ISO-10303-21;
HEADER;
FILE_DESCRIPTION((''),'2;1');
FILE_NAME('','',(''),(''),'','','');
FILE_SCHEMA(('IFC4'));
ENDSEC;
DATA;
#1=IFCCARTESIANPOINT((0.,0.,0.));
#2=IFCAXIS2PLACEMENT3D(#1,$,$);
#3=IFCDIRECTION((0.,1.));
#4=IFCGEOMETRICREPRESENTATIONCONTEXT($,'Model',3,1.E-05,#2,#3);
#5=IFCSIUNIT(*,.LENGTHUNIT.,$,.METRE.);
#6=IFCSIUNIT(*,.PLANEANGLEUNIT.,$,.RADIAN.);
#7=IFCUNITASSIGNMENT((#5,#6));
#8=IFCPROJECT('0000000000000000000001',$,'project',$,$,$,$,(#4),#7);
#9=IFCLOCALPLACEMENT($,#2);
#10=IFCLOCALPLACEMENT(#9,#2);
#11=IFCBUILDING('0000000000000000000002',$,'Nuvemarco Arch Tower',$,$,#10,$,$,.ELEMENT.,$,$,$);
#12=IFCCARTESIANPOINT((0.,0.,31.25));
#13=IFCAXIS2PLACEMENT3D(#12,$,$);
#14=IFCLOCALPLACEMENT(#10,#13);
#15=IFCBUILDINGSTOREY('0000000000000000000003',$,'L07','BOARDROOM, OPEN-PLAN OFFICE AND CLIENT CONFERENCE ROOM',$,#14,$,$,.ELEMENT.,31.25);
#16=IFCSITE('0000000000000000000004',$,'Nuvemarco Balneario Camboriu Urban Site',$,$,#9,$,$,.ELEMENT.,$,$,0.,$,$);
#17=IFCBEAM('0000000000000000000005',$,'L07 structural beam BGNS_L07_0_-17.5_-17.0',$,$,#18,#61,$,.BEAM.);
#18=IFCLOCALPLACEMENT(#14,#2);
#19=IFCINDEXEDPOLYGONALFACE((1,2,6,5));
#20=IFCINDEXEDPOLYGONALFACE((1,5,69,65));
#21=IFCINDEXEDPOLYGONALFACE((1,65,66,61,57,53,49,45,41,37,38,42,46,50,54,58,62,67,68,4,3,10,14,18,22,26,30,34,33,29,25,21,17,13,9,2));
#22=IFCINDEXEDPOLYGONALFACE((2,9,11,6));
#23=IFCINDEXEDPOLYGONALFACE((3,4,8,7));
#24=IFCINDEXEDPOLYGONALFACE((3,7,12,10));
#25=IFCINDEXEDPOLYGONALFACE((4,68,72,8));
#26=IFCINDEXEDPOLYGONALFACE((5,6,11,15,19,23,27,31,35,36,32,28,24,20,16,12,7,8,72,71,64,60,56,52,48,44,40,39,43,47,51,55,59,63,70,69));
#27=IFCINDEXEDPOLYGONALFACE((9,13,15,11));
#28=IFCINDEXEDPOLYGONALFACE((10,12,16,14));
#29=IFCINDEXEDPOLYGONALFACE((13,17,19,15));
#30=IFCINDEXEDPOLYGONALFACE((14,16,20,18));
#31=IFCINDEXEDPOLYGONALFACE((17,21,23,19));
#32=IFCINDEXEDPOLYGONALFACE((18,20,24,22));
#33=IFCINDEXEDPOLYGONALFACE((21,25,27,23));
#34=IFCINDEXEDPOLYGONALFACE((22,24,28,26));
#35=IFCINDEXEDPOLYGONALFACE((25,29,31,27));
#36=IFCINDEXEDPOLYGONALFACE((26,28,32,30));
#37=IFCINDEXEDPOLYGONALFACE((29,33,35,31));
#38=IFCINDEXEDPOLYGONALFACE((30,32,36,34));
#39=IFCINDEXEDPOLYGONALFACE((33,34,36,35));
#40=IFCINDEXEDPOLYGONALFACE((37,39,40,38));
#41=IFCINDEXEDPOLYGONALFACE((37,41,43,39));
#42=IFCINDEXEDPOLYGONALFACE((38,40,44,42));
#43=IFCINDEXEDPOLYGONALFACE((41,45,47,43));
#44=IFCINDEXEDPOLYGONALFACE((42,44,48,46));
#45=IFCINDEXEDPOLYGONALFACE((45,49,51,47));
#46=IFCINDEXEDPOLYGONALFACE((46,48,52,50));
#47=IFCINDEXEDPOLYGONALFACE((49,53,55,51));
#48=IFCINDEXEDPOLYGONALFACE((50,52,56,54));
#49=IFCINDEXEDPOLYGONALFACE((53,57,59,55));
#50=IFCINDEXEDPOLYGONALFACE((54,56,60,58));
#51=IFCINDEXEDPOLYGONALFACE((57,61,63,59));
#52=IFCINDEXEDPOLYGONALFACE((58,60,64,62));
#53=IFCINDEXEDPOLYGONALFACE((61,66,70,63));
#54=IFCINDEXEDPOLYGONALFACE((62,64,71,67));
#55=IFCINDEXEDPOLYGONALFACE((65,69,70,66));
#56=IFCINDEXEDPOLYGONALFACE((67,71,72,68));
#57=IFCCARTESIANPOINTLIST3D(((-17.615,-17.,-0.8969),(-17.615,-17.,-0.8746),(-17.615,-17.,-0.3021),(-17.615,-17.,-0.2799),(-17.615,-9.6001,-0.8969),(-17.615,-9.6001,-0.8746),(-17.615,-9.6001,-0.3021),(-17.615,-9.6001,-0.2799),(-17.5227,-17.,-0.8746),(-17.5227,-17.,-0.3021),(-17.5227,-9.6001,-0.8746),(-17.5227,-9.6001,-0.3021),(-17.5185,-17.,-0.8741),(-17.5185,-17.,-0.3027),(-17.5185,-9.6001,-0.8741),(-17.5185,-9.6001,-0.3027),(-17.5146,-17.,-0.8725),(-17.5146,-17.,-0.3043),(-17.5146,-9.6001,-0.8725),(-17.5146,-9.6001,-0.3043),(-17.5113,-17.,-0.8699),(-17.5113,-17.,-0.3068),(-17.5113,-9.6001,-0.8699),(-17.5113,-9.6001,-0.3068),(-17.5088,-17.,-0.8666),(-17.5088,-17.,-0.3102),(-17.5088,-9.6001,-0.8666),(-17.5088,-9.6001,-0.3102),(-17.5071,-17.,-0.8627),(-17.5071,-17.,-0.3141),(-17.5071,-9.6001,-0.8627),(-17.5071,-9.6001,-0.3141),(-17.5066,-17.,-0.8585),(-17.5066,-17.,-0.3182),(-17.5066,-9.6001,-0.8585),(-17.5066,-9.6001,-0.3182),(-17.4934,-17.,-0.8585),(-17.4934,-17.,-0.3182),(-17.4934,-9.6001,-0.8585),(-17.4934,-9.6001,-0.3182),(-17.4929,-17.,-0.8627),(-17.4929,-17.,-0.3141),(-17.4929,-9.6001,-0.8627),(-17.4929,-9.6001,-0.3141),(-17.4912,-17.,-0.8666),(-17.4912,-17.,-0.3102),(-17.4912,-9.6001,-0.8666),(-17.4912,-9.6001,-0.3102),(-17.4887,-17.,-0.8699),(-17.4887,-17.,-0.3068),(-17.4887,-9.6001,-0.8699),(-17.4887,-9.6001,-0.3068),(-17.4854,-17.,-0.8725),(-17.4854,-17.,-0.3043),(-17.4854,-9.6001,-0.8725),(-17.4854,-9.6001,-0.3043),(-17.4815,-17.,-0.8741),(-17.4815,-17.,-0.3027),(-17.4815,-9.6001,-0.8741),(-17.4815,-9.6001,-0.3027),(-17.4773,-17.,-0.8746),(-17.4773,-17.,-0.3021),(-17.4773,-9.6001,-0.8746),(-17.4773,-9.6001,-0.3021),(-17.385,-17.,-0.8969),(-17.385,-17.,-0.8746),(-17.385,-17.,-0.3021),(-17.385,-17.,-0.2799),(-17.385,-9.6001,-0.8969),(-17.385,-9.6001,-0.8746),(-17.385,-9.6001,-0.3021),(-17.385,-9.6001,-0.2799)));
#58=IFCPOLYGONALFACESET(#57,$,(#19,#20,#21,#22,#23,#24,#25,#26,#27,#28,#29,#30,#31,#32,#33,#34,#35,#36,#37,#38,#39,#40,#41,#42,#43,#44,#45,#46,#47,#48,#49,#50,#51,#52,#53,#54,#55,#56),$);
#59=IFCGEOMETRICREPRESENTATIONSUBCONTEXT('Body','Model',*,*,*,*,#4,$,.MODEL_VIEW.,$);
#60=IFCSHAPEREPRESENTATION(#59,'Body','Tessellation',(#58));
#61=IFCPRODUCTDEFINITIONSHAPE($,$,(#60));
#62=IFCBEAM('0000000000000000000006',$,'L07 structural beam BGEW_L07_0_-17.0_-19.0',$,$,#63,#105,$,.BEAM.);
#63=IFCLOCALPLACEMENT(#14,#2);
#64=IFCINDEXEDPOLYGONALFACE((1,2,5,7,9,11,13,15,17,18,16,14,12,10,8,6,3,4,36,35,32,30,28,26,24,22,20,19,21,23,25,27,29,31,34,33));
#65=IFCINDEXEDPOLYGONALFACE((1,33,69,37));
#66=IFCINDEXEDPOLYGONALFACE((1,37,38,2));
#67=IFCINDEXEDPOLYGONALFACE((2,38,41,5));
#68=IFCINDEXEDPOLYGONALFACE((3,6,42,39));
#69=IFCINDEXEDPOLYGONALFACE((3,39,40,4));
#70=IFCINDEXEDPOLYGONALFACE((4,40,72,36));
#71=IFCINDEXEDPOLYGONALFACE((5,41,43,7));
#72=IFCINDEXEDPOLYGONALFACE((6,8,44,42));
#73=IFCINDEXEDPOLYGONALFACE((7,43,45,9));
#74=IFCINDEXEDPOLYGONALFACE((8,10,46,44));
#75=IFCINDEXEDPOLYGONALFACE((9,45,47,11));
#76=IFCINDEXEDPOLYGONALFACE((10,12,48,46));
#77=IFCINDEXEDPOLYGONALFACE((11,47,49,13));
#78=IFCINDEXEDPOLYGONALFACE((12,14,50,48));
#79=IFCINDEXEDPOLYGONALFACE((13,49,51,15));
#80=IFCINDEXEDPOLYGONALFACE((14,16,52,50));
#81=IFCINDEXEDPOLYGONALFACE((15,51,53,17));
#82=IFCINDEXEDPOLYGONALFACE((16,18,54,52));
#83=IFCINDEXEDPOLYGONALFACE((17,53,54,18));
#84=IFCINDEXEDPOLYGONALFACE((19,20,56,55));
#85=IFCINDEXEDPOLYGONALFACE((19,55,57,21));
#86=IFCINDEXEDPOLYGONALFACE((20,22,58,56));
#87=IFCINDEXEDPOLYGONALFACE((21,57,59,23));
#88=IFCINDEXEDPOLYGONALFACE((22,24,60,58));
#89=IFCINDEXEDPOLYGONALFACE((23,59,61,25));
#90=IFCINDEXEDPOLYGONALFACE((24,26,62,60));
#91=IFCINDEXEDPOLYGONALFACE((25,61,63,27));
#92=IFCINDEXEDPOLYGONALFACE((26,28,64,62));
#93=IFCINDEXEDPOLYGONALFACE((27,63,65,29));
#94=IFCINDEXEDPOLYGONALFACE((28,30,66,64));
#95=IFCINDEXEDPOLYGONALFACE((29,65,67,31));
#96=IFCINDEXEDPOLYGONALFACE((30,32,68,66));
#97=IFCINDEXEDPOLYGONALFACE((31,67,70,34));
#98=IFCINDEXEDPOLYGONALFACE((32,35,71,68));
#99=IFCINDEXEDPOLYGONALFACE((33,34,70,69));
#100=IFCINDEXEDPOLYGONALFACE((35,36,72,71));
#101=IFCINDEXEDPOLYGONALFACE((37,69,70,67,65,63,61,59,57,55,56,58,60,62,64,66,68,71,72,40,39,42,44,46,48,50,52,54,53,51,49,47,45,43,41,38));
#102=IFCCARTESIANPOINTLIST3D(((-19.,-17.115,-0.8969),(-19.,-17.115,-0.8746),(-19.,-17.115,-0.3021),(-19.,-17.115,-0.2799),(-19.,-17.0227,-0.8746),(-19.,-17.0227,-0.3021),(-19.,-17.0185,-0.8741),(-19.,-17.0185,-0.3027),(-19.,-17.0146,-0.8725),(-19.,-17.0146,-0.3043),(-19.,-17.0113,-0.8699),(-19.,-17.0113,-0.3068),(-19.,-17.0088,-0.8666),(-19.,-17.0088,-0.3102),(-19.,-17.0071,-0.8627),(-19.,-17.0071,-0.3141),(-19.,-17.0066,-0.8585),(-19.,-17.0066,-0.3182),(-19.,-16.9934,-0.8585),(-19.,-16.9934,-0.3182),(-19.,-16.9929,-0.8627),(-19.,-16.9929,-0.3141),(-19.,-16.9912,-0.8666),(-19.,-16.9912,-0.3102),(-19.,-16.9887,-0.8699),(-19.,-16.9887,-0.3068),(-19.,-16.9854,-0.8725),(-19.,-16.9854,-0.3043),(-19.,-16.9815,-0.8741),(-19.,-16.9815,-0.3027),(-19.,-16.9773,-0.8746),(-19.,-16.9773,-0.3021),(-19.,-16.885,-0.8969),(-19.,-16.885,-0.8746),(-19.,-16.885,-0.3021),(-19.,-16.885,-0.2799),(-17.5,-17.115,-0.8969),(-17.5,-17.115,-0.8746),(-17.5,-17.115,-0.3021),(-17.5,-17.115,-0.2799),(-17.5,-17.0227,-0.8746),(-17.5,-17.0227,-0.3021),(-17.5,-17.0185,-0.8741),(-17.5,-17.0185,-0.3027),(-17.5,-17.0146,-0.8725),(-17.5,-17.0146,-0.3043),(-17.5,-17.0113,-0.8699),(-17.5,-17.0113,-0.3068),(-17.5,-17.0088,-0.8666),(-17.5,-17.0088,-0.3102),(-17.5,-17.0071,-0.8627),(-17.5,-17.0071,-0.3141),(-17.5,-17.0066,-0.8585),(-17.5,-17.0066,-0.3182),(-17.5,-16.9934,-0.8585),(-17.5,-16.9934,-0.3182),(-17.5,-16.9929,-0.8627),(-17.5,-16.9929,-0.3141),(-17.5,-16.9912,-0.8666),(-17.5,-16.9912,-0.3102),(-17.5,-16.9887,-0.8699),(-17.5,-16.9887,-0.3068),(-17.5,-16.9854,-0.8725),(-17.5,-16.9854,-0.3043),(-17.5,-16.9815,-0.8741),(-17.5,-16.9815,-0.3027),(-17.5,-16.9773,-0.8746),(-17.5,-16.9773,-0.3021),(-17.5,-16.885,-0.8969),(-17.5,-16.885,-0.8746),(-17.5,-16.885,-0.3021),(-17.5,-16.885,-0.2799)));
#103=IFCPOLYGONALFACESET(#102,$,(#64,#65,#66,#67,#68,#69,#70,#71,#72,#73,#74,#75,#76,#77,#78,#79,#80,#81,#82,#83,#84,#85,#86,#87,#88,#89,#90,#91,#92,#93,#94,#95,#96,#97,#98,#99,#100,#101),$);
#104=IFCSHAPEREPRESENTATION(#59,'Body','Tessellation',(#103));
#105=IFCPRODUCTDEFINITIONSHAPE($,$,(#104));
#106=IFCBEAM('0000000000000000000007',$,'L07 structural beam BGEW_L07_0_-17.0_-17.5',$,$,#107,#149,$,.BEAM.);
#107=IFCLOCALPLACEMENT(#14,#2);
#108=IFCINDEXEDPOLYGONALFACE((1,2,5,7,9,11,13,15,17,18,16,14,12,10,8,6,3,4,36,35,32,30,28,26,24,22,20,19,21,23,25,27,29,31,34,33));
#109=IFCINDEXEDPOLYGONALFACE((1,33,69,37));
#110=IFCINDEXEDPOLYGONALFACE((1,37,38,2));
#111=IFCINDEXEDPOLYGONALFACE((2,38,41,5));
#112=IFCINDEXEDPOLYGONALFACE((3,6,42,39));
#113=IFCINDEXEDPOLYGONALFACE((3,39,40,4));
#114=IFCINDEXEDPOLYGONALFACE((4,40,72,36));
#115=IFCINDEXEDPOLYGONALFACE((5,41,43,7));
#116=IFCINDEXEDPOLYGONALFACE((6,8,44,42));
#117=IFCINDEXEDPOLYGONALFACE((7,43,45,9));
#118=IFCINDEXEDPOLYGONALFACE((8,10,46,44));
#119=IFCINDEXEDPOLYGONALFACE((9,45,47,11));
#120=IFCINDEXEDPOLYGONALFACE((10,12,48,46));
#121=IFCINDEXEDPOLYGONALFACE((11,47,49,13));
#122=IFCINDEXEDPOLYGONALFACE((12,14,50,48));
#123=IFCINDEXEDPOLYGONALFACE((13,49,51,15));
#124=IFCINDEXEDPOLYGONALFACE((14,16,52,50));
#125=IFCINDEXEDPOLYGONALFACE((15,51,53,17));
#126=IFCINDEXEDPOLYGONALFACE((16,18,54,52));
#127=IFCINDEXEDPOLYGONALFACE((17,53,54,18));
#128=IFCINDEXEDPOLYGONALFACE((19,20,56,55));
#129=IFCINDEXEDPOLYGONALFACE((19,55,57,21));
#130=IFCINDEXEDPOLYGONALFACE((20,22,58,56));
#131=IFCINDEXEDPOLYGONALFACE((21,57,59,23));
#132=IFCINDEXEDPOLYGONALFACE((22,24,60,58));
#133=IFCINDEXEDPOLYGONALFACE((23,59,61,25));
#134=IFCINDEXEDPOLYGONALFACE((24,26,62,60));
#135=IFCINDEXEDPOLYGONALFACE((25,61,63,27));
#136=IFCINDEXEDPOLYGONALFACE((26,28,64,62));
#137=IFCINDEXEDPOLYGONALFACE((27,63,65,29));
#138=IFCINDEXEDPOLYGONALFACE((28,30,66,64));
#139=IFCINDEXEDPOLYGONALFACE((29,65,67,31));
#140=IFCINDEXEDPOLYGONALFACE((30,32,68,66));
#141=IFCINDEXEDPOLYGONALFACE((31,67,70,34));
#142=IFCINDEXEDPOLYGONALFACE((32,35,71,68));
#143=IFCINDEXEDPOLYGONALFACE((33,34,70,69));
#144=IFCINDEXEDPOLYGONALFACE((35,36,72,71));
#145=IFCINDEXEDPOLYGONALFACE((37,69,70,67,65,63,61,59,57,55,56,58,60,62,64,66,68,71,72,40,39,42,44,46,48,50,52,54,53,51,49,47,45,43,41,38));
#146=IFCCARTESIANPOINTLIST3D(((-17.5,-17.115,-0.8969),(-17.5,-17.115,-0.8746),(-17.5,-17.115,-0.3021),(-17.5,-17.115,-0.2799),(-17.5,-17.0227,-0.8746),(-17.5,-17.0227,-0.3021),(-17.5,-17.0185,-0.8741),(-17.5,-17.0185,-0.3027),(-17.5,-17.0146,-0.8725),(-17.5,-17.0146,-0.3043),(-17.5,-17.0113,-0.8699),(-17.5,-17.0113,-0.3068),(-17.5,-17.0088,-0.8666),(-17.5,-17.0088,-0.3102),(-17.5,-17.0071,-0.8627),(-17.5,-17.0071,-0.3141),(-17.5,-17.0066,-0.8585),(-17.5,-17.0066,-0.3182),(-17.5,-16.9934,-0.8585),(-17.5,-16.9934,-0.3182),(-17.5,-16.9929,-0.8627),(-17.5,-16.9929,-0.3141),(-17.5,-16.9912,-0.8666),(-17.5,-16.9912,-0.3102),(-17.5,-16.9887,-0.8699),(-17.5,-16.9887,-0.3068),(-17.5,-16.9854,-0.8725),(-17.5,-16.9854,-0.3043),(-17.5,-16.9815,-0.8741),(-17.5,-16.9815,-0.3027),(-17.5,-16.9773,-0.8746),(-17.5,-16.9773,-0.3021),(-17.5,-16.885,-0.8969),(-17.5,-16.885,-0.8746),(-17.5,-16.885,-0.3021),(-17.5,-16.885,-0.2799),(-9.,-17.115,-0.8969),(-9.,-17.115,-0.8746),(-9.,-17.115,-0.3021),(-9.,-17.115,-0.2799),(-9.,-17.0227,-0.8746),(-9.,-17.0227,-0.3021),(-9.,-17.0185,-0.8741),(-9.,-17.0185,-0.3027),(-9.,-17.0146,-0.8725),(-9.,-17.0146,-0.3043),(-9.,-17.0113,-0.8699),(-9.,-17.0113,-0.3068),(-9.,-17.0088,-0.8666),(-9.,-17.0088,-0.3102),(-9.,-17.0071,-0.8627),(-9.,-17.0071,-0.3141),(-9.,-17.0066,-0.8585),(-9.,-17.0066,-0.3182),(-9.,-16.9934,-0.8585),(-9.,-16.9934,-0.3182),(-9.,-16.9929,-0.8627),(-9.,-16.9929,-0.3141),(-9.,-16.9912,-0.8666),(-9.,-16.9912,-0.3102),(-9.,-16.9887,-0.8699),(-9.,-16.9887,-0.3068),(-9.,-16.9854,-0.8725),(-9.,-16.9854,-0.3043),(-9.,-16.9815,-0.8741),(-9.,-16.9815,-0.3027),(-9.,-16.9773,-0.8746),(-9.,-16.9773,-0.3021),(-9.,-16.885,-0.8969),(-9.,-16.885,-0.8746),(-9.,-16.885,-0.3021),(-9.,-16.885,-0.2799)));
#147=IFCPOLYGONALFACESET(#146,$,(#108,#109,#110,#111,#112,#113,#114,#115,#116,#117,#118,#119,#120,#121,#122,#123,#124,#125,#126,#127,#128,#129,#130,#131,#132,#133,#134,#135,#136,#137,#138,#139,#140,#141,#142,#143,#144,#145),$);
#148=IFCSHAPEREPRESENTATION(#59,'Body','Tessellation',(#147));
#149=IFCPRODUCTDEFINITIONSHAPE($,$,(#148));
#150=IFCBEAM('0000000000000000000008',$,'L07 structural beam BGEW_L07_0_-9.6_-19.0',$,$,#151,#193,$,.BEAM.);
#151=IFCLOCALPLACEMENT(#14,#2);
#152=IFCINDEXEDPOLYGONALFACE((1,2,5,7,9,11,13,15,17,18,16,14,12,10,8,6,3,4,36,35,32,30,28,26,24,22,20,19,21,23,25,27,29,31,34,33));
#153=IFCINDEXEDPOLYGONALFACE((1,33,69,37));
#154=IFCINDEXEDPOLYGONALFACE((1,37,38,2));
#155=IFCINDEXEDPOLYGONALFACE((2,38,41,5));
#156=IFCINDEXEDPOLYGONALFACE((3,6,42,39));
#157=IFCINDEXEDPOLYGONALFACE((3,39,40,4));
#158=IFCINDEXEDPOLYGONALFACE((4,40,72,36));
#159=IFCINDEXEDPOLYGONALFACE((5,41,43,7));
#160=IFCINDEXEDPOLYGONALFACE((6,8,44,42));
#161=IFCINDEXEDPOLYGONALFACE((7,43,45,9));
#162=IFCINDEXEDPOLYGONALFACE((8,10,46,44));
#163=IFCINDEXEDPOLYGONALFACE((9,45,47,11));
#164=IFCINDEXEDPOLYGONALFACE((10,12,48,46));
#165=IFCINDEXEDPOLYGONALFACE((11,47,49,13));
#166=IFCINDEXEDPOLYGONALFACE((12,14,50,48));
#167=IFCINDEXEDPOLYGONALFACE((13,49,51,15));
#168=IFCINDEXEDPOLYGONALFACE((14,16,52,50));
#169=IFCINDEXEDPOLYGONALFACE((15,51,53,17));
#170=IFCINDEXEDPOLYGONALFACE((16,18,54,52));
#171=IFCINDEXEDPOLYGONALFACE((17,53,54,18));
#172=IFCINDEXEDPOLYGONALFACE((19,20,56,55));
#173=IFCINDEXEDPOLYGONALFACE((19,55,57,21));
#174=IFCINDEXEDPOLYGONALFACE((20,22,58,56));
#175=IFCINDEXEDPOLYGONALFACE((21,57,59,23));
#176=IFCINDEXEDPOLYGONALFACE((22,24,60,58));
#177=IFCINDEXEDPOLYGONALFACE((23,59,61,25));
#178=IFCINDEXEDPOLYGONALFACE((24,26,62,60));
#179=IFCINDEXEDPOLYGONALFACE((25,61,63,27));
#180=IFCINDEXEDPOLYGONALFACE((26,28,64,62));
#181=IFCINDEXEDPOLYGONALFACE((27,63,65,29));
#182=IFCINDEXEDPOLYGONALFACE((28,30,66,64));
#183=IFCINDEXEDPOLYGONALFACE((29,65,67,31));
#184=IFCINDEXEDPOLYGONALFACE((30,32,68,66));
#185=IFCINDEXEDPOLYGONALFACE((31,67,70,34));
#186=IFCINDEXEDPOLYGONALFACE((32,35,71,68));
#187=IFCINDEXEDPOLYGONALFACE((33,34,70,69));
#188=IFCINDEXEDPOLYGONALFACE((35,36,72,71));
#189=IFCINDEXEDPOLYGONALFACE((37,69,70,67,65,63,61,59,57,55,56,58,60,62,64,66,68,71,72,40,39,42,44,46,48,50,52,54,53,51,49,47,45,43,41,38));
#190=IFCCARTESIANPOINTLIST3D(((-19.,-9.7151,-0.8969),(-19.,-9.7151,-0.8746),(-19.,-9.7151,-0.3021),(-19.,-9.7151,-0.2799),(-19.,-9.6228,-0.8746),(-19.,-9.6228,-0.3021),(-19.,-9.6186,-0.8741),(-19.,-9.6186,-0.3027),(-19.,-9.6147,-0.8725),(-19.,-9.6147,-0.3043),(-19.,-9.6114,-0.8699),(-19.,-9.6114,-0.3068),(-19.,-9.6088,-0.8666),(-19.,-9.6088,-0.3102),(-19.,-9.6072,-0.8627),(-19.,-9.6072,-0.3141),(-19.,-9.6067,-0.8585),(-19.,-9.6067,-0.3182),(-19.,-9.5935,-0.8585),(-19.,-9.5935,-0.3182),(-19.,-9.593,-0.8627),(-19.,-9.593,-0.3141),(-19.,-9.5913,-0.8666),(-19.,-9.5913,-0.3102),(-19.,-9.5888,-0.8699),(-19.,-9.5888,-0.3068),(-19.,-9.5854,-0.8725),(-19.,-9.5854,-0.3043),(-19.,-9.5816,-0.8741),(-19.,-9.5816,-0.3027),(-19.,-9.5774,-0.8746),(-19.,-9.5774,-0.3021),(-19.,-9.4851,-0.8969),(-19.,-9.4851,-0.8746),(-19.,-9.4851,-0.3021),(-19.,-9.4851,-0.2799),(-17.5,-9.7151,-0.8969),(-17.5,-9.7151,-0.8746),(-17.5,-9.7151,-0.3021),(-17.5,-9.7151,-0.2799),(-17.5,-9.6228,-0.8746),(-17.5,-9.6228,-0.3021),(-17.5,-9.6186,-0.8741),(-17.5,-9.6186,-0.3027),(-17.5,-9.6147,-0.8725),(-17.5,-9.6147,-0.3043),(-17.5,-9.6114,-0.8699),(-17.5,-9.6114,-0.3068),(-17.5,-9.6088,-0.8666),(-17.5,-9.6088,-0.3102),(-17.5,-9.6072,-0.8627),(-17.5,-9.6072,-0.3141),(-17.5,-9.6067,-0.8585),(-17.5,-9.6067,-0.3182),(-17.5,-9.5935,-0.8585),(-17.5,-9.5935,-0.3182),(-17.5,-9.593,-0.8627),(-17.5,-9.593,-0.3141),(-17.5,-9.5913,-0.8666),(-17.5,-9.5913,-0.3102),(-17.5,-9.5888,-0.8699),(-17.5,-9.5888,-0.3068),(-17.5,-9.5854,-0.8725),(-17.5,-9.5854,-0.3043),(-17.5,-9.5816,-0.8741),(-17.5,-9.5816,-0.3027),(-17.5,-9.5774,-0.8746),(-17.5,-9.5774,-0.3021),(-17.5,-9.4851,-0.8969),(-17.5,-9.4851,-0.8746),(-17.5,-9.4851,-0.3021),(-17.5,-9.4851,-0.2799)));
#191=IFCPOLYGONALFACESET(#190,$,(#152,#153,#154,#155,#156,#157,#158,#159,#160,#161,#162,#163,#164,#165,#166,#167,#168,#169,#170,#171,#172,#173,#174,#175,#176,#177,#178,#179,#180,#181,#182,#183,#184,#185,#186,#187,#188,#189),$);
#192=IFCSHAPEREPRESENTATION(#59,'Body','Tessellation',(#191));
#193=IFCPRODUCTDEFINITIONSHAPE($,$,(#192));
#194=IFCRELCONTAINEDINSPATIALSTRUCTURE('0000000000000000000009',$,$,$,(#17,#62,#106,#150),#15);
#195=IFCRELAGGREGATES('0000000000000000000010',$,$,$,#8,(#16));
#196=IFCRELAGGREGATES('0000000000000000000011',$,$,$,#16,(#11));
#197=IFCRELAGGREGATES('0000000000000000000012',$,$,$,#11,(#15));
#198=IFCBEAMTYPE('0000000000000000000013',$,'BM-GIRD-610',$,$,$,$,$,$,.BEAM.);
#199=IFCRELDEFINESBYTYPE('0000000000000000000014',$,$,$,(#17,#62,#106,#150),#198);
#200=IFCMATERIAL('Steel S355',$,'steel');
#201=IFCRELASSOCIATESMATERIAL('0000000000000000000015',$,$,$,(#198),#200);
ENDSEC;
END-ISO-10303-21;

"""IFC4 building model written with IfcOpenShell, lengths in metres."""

from ifc_helpers import new_model, si_unit, direction, frame, origin, origin_2d, place, context, subcontext, project, spatial, i_section, extrude, material, material_profile, profile_set, type_object, element, save


model = new_model("IFC4")

# Units and contexts
model_context = context("Model", 3, precision=1e-05, world=origin(), true_north=direction((0.0, 1.0)))
body_context = subcontext(model_context, "Body", "Model", "MODEL_VIEW")
ifc_project = project(units=[si_unit("LENGTHUNIT", "METRE"), si_unit("PLANEANGLEUNIT", "RADIAN")], contexts=[model_context])

# Site, building, storey
site_placement = place(None, origin())
site = spatial("IfcSite", under=ifc_project, at=site_placement, Name="Nuvemarco Balneario Camboriu Urban Site", CompositionType="ELEMENT", RefElevation=0.0)
building_placement = place(site_placement, origin())
building = spatial("IfcBuilding", under=site, at=building_placement, Name="Nuvemarco Arch Tower", CompositionType="ELEMENT")
storey_placement = place(building_placement, frame((0.0, 0.0, 31.25)))
storey = spatial("IfcBuildingStorey", under=building, at=storey_placement, Name="L07", Description="BOARDROOM, OPEN-PLAN OFFICE AND CLIENT CONFERENCE ROOM", CompositionType="ELEMENT", Elevation=31.25)

# Shared definitions
ifc_material_1 = material(Name="Steel S355", Category="steel")

# Beams
ifc_material_profile_1 = material_profile(ifc_material_1, i_section(OverallWidth=0.23, OverallDepth=0.6169, WebThickness=0.0132, FlangeThickness=0.0222, FilletRadius=0.0161, at=origin_2d()), Name="W610x140")
ifc_profile_set_1 = profile_set([ifc_material_profile_1], Name="Steel S355")
beam_type_1 = type_object("IfcBeamType", Name="BM-GIRD-610", PredefinedType="BEAM", material=ifc_profile_set_1)
beam_1_placement = place(storey_placement, frame((-17.5, -17.0, -0.5884), z_axis=(0.0, 1.0, 0.0), x_axis=(-1.0, 0.0, 0.0)))
element("IfcBeam", 1, at=beam_1_placement, inside=storey, type_object=beam_type_1, Name="L07 structural beam BGNS_L07_0_-17.5_-17.0", PredefinedType="BEAM", context=body_context, shape_type="SweptSolid", body=[
    extrude(i_section(OverallWidth=0.23, OverallDepth=0.6169, WebThickness=0.0132, FlangeThickness=0.0222, FilletRadius=0.0161, at=origin_2d()), origin(), (0.0, 0.0, 1.0), 7.3999),
])
beam_2_placement = place(storey_placement, frame((-19.0, -17.0, -0.5884), z_axis=(1.0, 0.0, 0.0), x_axis=(0.0, 1.0, 0.0)))
element("IfcBeam", 2, at=beam_2_placement, inside=storey, type_object=beam_type_1, Name="L07 structural beam BGEW_L07_0_-17.0_-19.0", PredefinedType="BEAM", context=body_context, shape_type="SweptSolid", body=[
    extrude(i_section(OverallWidth=0.23, OverallDepth=0.6169, WebThickness=0.0132, FlangeThickness=0.0222, FilletRadius=0.0161, at=origin_2d()), origin(), (0.0, 0.0, 1.0), 1.5),
])
beam_3_placement = place(storey_placement, frame((-17.5, -17.0, -0.5884), z_axis=(1.0, 0.0, 0.0), x_axis=(0.0, 1.0, 0.0)))
element("IfcBeam", 3, at=beam_3_placement, inside=storey, type_object=beam_type_1, Name="L07 structural beam BGEW_L07_0_-17.0_-17.5", PredefinedType="BEAM", context=body_context, shape_type="SweptSolid", body=[
    extrude(i_section(OverallWidth=0.23, OverallDepth=0.6169, WebThickness=0.0132, FlangeThickness=0.0222, FilletRadius=0.0161, at=origin_2d()), origin(), (0.0, 0.0, 1.0), 8.5),
])
beam_4_placement = place(storey_placement, frame((-19.0, -9.6001, -0.5884), z_axis=(1.0, 0.0, 0.0), x_axis=(0.0, 1.0, 0.0)))
element("IfcBeam", 4, at=beam_4_placement, inside=storey, type_object=beam_type_1, Name="L07 structural beam BGEW_L07_0_-9.6_-19.0", PredefinedType="BEAM", context=body_context, shape_type="SweptSolid", body=[
    extrude(i_section(OverallWidth=0.23, OverallDepth=0.6169, WebThickness=0.0132, FlangeThickness=0.0222, FilletRadius=0.0161, at=origin_2d()), origin(), (0.0, 0.0, 1.0), 1.5),
])

save(model, "model.ifc")
